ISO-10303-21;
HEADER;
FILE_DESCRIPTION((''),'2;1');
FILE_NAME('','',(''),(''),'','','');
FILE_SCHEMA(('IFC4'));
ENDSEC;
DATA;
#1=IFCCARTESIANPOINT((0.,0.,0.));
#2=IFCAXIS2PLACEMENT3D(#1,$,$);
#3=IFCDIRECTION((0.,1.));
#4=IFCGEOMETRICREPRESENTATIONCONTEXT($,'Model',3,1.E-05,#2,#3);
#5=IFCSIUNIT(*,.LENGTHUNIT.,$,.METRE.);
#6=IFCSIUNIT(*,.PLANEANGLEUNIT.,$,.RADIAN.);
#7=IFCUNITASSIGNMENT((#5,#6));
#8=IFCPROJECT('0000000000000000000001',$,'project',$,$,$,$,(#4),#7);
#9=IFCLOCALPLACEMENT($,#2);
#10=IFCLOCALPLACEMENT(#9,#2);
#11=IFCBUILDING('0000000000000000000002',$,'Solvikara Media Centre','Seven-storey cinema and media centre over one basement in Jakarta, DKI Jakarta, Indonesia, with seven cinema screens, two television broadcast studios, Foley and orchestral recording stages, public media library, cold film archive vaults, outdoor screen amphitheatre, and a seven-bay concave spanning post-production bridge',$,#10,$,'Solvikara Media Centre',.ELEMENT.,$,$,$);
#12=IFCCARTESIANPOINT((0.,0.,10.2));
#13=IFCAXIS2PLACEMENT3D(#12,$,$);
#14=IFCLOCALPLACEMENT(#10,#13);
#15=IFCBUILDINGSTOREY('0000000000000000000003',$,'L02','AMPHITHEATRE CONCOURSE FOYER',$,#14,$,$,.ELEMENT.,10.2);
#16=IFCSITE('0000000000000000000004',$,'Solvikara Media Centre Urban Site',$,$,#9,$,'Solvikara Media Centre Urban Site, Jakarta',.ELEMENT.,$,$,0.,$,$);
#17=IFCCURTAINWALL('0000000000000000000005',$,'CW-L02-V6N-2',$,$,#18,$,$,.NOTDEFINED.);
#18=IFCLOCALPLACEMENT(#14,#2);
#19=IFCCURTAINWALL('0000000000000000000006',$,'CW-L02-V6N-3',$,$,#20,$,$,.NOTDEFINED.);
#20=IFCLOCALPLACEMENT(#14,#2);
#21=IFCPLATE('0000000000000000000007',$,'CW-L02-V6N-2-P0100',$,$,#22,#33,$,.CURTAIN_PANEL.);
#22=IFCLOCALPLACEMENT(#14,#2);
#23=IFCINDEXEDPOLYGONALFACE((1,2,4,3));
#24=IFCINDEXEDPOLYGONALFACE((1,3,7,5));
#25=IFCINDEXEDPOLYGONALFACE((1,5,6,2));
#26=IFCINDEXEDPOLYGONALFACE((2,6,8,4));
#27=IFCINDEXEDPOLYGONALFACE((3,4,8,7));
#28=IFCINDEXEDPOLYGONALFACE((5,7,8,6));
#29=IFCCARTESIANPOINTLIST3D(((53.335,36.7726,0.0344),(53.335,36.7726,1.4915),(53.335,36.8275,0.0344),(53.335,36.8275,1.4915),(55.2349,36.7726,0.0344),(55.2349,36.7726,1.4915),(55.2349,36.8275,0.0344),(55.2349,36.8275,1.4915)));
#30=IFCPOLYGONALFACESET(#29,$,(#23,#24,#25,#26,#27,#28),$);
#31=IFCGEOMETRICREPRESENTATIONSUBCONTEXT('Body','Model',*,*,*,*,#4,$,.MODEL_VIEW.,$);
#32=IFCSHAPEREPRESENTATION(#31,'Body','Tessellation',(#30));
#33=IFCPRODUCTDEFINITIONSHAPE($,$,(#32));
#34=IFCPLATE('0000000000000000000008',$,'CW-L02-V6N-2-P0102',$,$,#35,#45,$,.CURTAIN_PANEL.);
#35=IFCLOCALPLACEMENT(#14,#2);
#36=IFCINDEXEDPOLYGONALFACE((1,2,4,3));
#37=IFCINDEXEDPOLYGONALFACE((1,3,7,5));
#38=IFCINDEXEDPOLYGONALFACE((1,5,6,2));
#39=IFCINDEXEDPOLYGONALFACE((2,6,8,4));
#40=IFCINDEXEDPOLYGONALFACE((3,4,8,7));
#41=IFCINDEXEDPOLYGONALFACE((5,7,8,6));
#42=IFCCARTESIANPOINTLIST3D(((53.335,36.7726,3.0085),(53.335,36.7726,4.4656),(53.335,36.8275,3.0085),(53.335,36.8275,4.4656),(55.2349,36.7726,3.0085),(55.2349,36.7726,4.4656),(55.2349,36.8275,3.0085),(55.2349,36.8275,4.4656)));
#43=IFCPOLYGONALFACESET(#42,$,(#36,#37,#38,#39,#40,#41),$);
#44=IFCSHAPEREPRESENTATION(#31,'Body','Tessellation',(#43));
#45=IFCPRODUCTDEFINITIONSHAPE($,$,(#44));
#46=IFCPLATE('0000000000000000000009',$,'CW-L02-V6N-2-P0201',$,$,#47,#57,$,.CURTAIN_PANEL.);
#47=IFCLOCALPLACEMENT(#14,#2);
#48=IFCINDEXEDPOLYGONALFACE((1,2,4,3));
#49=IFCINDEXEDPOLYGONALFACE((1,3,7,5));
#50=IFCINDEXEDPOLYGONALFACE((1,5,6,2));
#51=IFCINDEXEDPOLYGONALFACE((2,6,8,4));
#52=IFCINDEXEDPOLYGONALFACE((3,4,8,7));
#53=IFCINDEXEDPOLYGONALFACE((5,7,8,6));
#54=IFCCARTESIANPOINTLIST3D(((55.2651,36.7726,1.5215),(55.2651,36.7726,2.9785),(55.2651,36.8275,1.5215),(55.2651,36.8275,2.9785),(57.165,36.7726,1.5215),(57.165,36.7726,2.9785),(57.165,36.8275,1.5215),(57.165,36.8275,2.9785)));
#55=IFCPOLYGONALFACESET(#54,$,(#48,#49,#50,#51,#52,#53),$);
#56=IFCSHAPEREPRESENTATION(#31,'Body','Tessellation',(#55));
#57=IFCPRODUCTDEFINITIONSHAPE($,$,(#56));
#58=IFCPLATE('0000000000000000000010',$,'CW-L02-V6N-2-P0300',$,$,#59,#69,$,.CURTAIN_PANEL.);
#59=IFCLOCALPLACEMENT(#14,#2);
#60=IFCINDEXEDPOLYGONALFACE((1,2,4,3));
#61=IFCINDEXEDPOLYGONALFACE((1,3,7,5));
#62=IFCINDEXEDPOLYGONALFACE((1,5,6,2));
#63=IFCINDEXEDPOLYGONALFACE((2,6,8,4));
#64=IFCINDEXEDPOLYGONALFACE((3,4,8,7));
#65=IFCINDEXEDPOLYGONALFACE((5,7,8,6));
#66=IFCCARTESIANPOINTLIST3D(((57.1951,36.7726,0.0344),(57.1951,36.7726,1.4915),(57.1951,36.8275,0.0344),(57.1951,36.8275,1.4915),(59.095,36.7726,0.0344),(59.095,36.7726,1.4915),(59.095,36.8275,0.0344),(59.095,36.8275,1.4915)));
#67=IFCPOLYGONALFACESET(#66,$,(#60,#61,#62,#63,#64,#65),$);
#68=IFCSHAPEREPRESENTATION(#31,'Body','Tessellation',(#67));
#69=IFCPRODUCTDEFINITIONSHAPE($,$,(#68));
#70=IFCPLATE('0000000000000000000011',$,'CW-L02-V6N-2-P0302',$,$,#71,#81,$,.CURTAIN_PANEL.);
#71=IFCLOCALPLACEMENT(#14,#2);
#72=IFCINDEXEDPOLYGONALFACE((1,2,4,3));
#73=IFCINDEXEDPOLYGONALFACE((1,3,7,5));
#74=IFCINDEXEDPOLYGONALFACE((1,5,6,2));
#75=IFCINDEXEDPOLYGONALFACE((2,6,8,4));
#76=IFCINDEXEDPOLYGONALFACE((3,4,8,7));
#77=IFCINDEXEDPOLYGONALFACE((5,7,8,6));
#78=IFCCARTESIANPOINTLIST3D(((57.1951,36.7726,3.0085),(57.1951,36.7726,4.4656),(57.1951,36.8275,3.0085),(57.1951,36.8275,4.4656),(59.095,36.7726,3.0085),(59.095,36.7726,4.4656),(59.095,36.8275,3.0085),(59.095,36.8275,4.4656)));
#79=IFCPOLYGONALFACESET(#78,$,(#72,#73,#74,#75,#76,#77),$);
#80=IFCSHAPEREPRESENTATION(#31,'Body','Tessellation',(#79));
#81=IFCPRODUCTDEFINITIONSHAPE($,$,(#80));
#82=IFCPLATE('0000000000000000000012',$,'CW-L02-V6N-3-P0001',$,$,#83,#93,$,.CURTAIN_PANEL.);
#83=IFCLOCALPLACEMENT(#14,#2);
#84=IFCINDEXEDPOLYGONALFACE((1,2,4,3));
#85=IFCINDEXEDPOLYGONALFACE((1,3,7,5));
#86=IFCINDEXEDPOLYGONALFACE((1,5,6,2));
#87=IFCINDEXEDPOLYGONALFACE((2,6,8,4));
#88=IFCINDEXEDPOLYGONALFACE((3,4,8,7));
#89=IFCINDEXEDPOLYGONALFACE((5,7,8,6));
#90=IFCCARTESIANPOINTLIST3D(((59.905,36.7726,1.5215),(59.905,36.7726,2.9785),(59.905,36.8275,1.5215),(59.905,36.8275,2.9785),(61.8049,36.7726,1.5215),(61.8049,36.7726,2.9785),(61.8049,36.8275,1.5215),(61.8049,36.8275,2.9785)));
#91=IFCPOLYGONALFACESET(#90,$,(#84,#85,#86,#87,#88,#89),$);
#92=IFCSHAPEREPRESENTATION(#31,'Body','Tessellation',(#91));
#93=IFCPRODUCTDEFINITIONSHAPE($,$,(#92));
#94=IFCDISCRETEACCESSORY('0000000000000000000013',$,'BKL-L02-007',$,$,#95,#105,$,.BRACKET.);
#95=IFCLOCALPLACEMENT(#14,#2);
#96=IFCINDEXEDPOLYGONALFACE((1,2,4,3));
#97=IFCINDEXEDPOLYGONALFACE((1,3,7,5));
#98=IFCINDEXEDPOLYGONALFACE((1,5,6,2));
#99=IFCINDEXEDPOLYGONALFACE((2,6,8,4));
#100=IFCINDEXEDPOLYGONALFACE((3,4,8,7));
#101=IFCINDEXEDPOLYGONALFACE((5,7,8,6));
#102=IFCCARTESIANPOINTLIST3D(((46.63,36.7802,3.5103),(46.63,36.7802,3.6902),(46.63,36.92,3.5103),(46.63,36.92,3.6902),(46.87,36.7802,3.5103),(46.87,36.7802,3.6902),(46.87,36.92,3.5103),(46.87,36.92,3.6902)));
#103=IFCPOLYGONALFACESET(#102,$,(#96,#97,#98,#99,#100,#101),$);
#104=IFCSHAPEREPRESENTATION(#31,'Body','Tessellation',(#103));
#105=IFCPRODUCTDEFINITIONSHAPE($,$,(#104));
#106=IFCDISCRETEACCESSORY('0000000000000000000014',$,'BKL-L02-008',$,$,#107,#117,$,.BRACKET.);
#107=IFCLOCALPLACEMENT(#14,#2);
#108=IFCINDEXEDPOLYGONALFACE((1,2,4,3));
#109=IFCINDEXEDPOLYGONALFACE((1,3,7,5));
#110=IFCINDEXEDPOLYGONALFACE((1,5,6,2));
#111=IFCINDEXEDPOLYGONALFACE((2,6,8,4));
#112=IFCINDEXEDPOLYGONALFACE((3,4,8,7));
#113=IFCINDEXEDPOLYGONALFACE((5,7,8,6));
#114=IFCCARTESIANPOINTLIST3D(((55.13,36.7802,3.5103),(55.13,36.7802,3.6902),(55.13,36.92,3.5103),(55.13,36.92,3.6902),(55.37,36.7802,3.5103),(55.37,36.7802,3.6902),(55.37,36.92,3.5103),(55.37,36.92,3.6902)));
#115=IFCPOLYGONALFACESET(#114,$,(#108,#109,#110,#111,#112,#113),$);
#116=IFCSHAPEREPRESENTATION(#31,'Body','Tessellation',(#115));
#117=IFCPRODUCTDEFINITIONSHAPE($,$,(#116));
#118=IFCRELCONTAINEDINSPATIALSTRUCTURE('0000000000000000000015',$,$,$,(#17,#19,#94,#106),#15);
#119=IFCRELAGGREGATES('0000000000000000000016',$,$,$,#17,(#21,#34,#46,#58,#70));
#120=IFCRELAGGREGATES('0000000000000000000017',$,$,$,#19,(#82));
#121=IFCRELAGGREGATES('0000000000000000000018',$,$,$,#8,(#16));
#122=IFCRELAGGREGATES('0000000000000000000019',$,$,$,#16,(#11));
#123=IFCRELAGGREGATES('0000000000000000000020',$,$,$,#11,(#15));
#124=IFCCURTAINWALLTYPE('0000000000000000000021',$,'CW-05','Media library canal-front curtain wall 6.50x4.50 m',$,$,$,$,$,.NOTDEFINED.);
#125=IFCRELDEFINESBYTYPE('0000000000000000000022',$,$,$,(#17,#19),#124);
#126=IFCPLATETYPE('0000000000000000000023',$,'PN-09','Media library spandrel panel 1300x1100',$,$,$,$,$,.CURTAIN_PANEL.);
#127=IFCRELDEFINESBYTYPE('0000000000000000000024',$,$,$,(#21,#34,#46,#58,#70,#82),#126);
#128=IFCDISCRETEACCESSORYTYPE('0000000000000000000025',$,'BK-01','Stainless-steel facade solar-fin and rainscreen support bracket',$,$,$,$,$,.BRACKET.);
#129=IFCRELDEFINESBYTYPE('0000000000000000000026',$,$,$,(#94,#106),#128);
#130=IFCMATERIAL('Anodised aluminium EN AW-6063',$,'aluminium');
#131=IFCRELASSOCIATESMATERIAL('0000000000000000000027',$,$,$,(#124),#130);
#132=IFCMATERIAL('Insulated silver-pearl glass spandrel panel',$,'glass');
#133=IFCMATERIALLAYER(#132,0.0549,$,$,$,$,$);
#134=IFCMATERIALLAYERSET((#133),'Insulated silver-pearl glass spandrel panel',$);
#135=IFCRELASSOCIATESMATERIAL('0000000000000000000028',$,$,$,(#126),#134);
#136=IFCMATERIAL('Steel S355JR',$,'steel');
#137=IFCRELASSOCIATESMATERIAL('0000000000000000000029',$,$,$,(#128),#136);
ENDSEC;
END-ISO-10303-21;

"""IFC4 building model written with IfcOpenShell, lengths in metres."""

from ifc_helpers import new_model, si_unit, direction, frame, origin, origin_2d, place, context, subcontext, project, spatial, rectangle, extrude, material, layer, layer_set, type_object, element, aggregate, save


model = new_model("IFC4")

# Units and contexts
model_context = context("Model", 3, precision=1e-05, world=origin(), true_north=direction((0.0, 1.0)))
body_context = subcontext(model_context, "Body", "Model", "MODEL_VIEW")
ifc_project = project(units=[si_unit("LENGTHUNIT", "METRE"), si_unit("PLANEANGLEUNIT", "RADIAN")], contexts=[model_context])

# Site, building, storey
site_placement = place(None, origin())
site = spatial("IfcSite", under=ifc_project, at=site_placement, Name="Solvikara Media Centre Urban Site", LongName="Solvikara Media Centre Urban Site, Jakarta", CompositionType="ELEMENT", RefElevation=0.0)
building_placement = place(site_placement, origin())
building = spatial("IfcBuilding", under=site, at=building_placement, Name="Solvikara Media Centre", Description="Seven-storey cinema and media centre over one basement in Jakarta, DKI Jakarta, Indonesia, with seven cinema screens, two television broadcast studios, Foley and orchestral recording stages, public media library, cold film archive vaults, outdoor screen amphitheatre, and a seven-bay concave spanning post-production bridge", LongName="Solvikara Media Centre", CompositionType="ELEMENT")
storey_placement = place(building_placement, frame((0.0, 0.0, 10.2)))
storey = spatial("IfcBuildingStorey", under=building, at=storey_placement, Name="L02", Description="AMPHITHEATRE CONCOURSE FOYER", CompositionType="ELEMENT", Elevation=10.2)

# Shared definitions
ifc_material_1 = material(Name="Steel S355JR", Category="steel")

# Curtain wall
ifc_material_2 = material(Name="Anodised aluminium EN AW-6063", Category="aluminium")
curtain_wall_type = type_object("IfcCurtainWallType", Name="CW-05", Description="Media library canal-front curtain wall 6.50x4.50 m", PredefinedType="NOTDEFINED", material=ifc_material_2)
curtain_wall_1_placement = place(storey_placement, origin())
curtain_wall_1 = element("IfcCurtainWall", 1, at=curtain_wall_1_placement, inside=storey, type_object=curtain_wall_type, Name="CW-L02-V6N-2", PredefinedType="NOTDEFINED")

# Curtain wall
curtain_wall_2_placement = place(storey_placement, origin())
curtain_wall_2 = element("IfcCurtainWall", 2, at=curtain_wall_2_placement, inside=storey, type_object=curtain_wall_type, Name="CW-L02-V6N-3", PredefinedType="NOTDEFINED")

# Plates
ifc_material_3 = material(Name="Insulated silver-pearl glass spandrel panel", Category="glass")
ifc_layer_1 = layer(ifc_material_3, 0.0549)
ifc_layer_set_1 = layer_set([ifc_layer_1], Name="Insulated silver-pearl glass spandrel panel")
plate_type_1 = type_object("IfcPlateType", Name="PN-09", Description="Media library spandrel panel 1300x1100", PredefinedType="CURTAIN_PANEL", material=ifc_layer_set_1)
plate_1_placement = place(storey_placement, frame((54.2849, 36.8, 0.0344), z_axis=(0.0, 0.0, 1.0), x_axis=(1.0, 0.0, 0.0)))
plate_1 = element("IfcPlate", 3, at=plate_1_placement, type_object=plate_type_1, Name="CW-L02-V6N-2-P0100", PredefinedType="CURTAIN_PANEL", context=body_context, shape_type="SweptSolid", body=[
    extrude(rectangle(XDim=1.8999, YDim=0.0549, at=origin_2d()), origin(), (0.0, 0.0, 1.0), 1.457),
])
plate_2_placement = place(storey_placement, frame((54.2849, 36.8, 3.0085), z_axis=(0.0, 0.0, 1.0), x_axis=(1.0, 0.0, 0.0)))
plate_2 = element("IfcPlate", 4, at=plate_2_placement, type_object=plate_type_1, Name="CW-L02-V6N-2-P0102", PredefinedType="CURTAIN_PANEL", context=body_context, shape_type="SweptSolid", body=[
    extrude(rectangle(XDim=1.8999, YDim=0.0549, at=origin_2d()), origin(), (0.0, 0.0, 1.0), 1.457),
])
plate_3_placement = place(storey_placement, frame((56.2151, 36.8, 1.5215), z_axis=(0.0, 0.0, 1.0), x_axis=(1.0, 0.0, 0.0)))
plate_3 = element("IfcPlate", 5, at=plate_3_placement, type_object=plate_type_1, Name="CW-L02-V6N-2-P0201", PredefinedType="CURTAIN_PANEL", context=body_context, shape_type="SweptSolid", body=[
    extrude(rectangle(XDim=1.8999, YDim=0.0549, at=origin_2d()), origin(), (0.0, 0.0, 1.0), 1.457),
])
plate_4_placement = place(storey_placement, frame((58.145, 36.8, 0.0344), z_axis=(0.0, 0.0, 1.0), x_axis=(1.0, 0.0, 0.0)))
plate_4 = element("IfcPlate", 6, at=plate_4_placement, type_object=plate_type_1, Name="CW-L02-V6N-2-P0300", PredefinedType="CURTAIN_PANEL", context=body_context, shape_type="SweptSolid", body=[
    extrude(rectangle(XDim=1.8999, YDim=0.0549, at=origin_2d()), origin(), (0.0, 0.0, 1.0), 1.457),
])
plate_5_placement = place(storey_placement, frame((58.145, 36.8, 3.0085), z_axis=(0.0, 0.0, 1.0), x_axis=(1.0, 0.0, 0.0)))
plate_5 = element("IfcPlate", 7, at=plate_5_placement, type_object=plate_type_1, Name="CW-L02-V6N-2-P0302", PredefinedType="CURTAIN_PANEL", context=body_context, shape_type="SweptSolid", body=[
    extrude(rectangle(XDim=1.8999, YDim=0.0549, at=origin_2d()), origin(), (0.0, 0.0, 1.0), 1.457),
])
aggregate(curtain_wall_1, [plate_1, plate_2, plate_3, plate_4, plate_5])
plate_6_placement = place(storey_placement, frame((60.855, 36.8, 1.5215), z_axis=(0.0, 0.0, 1.0), x_axis=(1.0, 0.0, 0.0)))
plate_6 = element("IfcPlate", 8, at=plate_6_placement, type_object=plate_type_1, Name="CW-L02-V6N-3-P0001", PredefinedType="CURTAIN_PANEL", context=body_context, shape_type="SweptSolid", body=[
    extrude(rectangle(XDim=1.8999, YDim=0.0549, at=origin_2d()), origin(), (0.0, 0.0, 1.0), 1.457),
])
aggregate(curtain_wall_2, [plate_6])

# Discrete accessories
discrete_accessory_type = type_object("IfcDiscreteAccessoryType", Name="BK-01", Description="Stainless-steel facade solar-fin and rainscreen support bracket", PredefinedType="BRACKET", material=ifc_material_1)
for number, where, z_axis, x_axis, name in (
    (9, (46.75, 36.8501, 3.5103), (0.0, 0.0, 1.0), (1.0, 0.0, 0.0), "BKL-L02-007"),
    (10, (55.25, 36.8501, 3.5103), (0.0, 0.0, 1.0), (1.0, 0.0, 0.0), "BKL-L02-008"),
):
    element("IfcDiscreteAccessory", number, at=place(storey_placement, frame(where, z_axis=z_axis, x_axis=x_axis)), inside=storey, type_object=discrete_accessory_type, Name=name, PredefinedType="BRACKET", context=body_context, shape_type="SweptSolid", body=[
        extrude(rectangle(XDim=0.24, YDim=0.1399, at=origin_2d()), origin(), (0.0, 0.0, 1.0), 0.1799),
    ])

save(model, "model.ifc")
